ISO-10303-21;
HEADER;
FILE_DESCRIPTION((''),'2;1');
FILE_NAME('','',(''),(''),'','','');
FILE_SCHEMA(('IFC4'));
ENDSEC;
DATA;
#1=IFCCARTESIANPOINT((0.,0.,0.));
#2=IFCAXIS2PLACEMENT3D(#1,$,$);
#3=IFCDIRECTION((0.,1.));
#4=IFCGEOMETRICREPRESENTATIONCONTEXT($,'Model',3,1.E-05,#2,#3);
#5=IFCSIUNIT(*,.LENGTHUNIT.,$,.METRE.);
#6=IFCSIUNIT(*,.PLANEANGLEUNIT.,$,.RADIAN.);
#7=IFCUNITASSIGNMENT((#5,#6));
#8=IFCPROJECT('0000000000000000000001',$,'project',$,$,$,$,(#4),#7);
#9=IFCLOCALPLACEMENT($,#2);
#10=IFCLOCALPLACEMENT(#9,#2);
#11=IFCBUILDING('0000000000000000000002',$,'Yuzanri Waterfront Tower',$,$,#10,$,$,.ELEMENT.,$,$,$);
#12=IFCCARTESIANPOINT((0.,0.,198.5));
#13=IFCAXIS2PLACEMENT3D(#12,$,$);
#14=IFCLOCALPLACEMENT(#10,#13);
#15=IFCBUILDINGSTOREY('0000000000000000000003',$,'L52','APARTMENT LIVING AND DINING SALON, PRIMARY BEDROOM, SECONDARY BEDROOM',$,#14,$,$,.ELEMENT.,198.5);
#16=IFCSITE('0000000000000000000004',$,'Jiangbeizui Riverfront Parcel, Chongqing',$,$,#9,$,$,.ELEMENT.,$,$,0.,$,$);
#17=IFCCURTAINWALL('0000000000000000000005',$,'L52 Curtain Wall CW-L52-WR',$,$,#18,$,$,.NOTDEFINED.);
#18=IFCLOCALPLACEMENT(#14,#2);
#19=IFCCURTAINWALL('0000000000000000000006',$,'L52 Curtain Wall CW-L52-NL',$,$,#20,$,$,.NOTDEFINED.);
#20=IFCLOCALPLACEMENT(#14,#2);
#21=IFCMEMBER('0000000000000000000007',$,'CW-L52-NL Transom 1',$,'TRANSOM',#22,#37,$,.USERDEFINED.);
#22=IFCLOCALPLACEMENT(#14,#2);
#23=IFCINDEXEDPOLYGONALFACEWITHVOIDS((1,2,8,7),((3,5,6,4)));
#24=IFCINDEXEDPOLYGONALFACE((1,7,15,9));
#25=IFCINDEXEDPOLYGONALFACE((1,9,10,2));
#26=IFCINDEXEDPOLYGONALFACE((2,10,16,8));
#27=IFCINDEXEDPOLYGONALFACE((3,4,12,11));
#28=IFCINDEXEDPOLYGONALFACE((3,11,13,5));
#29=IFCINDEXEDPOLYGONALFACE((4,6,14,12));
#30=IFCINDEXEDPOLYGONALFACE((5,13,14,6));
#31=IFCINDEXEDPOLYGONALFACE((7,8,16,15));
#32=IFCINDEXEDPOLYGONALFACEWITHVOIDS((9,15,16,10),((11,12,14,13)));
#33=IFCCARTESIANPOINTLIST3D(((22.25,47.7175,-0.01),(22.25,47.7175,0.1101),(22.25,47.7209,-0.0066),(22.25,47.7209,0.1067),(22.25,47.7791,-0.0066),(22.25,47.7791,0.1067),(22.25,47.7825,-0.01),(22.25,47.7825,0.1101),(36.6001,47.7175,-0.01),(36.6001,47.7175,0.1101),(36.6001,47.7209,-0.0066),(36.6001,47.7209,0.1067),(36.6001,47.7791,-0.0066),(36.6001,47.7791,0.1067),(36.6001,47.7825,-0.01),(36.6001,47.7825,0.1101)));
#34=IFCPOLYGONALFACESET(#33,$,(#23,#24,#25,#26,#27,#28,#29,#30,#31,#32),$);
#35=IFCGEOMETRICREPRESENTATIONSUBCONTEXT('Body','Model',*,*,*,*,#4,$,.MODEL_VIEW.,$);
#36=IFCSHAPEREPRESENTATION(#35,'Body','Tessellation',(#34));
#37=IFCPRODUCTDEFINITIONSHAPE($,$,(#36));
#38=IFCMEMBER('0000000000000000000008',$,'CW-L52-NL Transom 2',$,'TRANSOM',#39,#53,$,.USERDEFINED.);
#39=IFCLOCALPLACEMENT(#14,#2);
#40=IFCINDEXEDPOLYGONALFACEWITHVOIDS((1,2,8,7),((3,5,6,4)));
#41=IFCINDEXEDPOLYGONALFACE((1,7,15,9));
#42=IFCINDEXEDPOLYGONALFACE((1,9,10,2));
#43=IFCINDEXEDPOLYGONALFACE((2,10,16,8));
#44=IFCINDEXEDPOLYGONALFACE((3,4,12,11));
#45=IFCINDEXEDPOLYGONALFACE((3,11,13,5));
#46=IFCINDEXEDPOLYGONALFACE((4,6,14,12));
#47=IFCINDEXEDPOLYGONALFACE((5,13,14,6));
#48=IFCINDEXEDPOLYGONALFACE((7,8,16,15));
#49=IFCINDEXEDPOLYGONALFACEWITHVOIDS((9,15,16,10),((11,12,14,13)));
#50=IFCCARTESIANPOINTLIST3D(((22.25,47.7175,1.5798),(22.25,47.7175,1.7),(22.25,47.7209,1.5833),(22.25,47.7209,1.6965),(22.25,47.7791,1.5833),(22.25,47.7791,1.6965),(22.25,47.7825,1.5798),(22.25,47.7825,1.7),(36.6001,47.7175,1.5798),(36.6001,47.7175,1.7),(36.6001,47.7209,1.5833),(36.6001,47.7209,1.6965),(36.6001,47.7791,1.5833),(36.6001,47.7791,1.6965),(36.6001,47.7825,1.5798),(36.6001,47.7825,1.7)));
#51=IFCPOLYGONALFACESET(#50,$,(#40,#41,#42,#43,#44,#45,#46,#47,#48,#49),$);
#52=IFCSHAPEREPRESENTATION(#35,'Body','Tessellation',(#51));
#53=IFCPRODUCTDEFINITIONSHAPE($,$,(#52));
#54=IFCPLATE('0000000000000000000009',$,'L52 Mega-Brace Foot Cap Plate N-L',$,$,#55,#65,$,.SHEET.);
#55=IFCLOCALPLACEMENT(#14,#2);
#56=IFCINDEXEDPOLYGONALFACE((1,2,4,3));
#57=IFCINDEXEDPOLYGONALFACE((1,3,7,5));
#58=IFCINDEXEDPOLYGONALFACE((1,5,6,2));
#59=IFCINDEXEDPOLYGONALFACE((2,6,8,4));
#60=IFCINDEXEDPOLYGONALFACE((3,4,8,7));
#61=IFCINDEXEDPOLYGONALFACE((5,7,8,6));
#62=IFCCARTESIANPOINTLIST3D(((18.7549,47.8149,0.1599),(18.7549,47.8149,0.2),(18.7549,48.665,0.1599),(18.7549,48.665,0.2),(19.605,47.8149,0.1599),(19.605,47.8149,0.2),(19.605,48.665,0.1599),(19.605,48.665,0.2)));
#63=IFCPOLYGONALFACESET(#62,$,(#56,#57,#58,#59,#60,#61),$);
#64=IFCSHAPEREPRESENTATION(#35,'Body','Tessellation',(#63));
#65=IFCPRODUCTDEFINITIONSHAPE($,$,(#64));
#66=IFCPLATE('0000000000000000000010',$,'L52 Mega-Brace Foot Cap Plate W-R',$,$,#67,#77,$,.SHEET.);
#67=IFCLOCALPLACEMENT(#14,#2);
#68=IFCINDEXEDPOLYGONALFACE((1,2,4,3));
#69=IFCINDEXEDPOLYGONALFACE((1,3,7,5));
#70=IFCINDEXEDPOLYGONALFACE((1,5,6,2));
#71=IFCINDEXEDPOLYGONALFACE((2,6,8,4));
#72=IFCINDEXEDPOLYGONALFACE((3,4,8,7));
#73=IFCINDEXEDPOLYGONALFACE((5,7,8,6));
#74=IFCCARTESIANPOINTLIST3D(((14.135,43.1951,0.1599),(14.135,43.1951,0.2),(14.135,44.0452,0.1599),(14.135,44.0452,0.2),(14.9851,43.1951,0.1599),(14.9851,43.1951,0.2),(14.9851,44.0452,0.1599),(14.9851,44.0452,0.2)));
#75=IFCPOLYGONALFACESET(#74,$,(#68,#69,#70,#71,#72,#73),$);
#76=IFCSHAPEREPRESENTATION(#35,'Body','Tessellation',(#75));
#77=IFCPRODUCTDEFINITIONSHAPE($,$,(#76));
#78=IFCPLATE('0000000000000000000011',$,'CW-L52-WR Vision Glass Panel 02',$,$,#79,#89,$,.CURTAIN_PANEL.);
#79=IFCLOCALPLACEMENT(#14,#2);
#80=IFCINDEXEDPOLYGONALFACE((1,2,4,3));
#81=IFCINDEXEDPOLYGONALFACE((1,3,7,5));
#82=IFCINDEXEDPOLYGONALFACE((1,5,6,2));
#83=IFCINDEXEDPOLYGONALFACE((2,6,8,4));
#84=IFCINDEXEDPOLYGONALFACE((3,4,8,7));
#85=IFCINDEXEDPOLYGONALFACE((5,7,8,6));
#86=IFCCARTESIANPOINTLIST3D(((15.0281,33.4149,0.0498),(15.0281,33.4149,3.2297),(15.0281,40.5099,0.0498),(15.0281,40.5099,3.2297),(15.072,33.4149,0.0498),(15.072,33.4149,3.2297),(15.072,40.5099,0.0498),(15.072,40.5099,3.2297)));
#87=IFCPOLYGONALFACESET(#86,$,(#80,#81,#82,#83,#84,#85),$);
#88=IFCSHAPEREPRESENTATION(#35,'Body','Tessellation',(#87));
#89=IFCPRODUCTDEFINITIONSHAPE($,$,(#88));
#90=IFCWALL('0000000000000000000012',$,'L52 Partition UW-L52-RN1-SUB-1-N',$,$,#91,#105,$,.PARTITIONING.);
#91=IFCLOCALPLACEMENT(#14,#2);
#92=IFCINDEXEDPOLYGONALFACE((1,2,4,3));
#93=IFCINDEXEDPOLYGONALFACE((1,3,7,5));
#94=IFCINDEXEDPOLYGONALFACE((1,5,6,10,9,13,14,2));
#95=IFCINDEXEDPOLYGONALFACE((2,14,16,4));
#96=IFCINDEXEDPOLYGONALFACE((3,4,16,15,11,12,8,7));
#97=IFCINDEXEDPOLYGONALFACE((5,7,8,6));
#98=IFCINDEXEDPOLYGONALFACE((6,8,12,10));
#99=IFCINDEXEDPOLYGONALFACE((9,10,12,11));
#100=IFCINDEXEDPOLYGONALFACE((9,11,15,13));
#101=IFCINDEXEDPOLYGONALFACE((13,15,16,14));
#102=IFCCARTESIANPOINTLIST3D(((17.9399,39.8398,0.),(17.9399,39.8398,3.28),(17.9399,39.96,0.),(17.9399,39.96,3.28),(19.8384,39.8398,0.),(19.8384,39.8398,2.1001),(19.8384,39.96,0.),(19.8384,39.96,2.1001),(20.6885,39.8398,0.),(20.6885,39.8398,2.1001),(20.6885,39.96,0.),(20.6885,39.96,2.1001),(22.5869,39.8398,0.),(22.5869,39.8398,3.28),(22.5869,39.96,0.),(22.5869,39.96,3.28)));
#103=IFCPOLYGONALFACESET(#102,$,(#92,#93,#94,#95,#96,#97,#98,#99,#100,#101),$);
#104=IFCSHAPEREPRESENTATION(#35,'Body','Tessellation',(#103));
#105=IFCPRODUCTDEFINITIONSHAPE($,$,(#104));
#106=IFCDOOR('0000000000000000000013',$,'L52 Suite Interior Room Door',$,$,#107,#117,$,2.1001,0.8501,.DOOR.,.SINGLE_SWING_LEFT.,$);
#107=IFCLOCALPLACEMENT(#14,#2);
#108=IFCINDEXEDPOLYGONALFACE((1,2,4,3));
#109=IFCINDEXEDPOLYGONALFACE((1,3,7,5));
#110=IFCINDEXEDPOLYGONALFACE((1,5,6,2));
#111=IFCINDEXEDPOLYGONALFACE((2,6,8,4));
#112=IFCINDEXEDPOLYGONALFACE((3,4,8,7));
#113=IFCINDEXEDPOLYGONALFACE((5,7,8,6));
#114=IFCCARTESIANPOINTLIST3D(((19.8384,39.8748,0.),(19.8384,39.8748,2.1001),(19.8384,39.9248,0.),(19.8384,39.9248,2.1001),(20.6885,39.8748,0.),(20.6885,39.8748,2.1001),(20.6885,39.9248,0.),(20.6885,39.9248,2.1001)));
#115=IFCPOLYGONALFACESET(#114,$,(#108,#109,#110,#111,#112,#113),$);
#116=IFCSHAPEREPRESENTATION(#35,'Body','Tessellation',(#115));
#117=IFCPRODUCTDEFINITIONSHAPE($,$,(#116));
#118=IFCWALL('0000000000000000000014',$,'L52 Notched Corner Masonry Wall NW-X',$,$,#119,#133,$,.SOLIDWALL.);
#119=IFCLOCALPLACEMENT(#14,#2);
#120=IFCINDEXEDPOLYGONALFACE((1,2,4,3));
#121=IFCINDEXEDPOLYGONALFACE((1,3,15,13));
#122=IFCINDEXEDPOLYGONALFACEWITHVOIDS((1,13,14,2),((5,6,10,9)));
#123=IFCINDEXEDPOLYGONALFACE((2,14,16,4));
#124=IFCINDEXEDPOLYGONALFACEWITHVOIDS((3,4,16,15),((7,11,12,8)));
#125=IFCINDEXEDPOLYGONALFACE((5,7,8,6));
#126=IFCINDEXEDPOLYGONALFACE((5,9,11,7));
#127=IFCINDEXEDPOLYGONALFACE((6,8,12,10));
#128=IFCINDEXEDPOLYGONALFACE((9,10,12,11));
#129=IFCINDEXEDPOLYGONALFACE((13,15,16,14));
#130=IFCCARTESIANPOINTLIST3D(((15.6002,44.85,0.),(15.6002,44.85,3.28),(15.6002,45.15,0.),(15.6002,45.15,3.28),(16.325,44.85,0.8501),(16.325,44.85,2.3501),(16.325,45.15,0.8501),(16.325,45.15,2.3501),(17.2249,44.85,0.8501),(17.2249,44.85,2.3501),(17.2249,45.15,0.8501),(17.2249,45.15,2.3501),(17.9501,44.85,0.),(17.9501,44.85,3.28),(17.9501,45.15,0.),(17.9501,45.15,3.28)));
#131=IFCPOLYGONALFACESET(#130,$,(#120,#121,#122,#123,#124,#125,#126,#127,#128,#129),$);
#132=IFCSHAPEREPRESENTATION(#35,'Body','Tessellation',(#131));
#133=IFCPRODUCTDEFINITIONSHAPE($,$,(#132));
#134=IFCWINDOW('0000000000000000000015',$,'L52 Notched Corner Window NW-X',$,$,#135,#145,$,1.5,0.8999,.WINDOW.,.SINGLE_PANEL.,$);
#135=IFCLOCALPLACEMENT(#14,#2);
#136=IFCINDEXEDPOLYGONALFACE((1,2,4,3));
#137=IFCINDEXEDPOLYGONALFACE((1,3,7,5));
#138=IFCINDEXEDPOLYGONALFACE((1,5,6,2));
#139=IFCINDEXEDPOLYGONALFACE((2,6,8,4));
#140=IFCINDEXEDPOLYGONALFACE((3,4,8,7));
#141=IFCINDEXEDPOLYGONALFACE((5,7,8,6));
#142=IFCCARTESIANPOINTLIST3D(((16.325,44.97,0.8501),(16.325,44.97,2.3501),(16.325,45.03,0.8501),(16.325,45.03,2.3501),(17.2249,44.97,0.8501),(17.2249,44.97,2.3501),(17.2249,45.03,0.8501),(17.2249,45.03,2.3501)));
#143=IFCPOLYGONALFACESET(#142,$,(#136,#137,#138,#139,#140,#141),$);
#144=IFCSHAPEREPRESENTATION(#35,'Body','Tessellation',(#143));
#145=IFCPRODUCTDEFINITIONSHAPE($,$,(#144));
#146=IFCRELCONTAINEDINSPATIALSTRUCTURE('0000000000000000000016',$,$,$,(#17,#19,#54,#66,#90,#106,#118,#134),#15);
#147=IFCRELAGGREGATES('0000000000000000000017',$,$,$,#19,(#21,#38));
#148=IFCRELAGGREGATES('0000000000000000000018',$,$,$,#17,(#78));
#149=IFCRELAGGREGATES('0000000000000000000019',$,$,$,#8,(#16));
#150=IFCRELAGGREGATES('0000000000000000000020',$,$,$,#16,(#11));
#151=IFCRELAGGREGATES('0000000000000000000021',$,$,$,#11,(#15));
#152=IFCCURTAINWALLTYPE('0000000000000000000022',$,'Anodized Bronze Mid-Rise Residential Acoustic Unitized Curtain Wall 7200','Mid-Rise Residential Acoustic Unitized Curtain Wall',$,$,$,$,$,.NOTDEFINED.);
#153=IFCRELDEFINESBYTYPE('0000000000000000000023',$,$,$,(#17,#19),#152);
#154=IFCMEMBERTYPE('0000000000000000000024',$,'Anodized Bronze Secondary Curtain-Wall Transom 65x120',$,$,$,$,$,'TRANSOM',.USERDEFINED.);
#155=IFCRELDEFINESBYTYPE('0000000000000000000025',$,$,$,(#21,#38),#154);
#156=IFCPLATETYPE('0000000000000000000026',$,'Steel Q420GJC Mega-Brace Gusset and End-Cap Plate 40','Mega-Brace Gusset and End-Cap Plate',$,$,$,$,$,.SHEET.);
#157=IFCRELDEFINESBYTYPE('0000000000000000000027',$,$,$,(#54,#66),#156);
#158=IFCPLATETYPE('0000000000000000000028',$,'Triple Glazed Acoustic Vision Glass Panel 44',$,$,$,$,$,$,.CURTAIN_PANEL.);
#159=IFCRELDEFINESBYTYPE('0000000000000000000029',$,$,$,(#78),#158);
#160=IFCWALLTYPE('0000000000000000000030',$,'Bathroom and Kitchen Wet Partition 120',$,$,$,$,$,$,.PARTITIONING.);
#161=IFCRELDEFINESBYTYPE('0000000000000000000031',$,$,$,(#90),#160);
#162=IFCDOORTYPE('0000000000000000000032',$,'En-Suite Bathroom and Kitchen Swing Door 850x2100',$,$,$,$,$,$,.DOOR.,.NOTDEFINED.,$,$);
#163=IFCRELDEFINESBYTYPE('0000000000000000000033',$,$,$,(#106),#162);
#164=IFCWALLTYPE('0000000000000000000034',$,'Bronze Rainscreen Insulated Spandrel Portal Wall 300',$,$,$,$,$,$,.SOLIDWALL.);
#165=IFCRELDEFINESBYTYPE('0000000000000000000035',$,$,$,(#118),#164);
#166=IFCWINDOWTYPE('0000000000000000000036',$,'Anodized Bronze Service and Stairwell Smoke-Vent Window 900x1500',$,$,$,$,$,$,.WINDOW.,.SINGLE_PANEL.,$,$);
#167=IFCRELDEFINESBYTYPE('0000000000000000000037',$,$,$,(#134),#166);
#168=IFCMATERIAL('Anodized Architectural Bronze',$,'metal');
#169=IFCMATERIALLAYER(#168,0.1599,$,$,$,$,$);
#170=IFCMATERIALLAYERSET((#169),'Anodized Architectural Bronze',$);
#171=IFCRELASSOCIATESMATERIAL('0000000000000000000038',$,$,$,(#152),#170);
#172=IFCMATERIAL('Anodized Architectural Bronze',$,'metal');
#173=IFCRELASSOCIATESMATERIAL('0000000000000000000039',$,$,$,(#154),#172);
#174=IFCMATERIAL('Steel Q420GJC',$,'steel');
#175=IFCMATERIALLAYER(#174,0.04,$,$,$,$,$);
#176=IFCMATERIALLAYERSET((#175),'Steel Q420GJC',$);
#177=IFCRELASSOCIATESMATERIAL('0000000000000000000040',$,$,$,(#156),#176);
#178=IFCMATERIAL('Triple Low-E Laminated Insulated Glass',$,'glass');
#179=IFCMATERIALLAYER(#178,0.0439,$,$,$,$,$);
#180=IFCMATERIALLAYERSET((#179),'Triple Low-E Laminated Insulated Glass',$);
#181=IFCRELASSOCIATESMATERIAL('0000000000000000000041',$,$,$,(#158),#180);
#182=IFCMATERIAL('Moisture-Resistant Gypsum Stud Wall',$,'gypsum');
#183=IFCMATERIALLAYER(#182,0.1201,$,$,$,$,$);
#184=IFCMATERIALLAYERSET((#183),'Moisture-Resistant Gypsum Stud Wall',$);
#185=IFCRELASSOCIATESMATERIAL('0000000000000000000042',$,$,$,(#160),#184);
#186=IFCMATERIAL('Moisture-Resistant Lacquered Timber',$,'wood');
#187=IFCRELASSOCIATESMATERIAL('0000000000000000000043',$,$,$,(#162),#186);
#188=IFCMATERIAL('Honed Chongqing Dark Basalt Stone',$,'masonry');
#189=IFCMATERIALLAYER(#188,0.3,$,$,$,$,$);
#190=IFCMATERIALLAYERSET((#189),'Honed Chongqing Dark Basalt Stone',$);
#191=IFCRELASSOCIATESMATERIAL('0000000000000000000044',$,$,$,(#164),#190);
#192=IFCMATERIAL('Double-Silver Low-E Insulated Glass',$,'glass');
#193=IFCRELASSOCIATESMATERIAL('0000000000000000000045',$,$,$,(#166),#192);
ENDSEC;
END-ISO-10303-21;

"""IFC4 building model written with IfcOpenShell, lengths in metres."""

from ifc_helpers import new_model, si_unit, direction, frame, frame_2d, origin, origin_2d, place, context, subcontext, project, spatial, rectangle, hollow_rectangle, extrude, source, transform, mapped, material, layer, layer_set, material_profile, profile_set, type_object, element, fill, aggregate, save


model = new_model("IFC4")

# Units and contexts
model_context = context("Model", 3, precision=1e-05, world=origin(), true_north=direction((0.0, 1.0)))
body_context = subcontext(model_context, "Body", "Model", "MODEL_VIEW")
ifc_project = project(units=[si_unit("LENGTHUNIT", "METRE"), si_unit("PLANEANGLEUNIT", "RADIAN")], contexts=[model_context])

# Site, building, storey
site_placement = place(None, origin())
site = spatial("IfcSite", under=ifc_project, at=site_placement, Name="Jiangbeizui Riverfront Parcel, Chongqing", CompositionType="ELEMENT", RefElevation=0.0)
building_placement = place(site_placement, origin())
building = spatial("IfcBuilding", under=site, at=building_placement, Name="Yuzanri Waterfront Tower", CompositionType="ELEMENT")
storey_placement = place(building_placement, frame((0.0, 0.0, 198.5)))
storey = spatial("IfcBuildingStorey", under=building, at=storey_placement, Name="L52", Description="APARTMENT LIVING AND DINING SALON, PRIMARY BEDROOM, SECONDARY BEDROOM", CompositionType="ELEMENT", Elevation=198.5)

# Curtain walls, members
ifc_material_1 = material(Name="Anodized Architectural Bronze", Category="metal")
ifc_layer_1 = layer(ifc_material_1, 0.1599)
ifc_layer_set_1 = layer_set([ifc_layer_1], Name="Anodized Architectural Bronze")
curtain_wall_type = type_object("IfcCurtainWallType", Name="Anodized Bronze Mid-Rise Residential Acoustic Unitized Curtain Wall 7200", Description="Mid-Rise Residential Acoustic Unitized Curtain Wall", PredefinedType="NOTDEFINED", material=ifc_layer_set_1)
curtain_wall_1_placement = place(storey_placement, origin())
curtain_wall_1 = element("IfcCurtainWall", 1, at=curtain_wall_1_placement, inside=storey, type_object=curtain_wall_type, Name="L52 Curtain Wall CW-L52-WR", PredefinedType="NOTDEFINED")
curtain_wall_2_placement = place(storey_placement, origin())
curtain_wall_2 = element("IfcCurtainWall", 2, at=curtain_wall_2_placement, inside=storey, type_object=curtain_wall_type, Name="L52 Curtain Wall CW-L52-NL", PredefinedType="NOTDEFINED")
ifc_material_2 = material(Name="Anodized Architectural Bronze", Category="metal")
ifc_material_profile_1 = material_profile(ifc_material_2, hollow_rectangle(XDim=0.0649, YDim=0.1201, WallThickness=0.0034, at=origin_2d()), Name="CWT 65x120")
ifc_profile_set_1 = profile_set([ifc_material_profile_1], Name="Anodized Architectural Bronze")
member_type_1 = type_object("IfcMemberType", Name="Anodized Bronze Secondary Curtain-Wall Transom 65x120", ElementType="TRANSOM", PredefinedType="USERDEFINED", material=ifc_profile_set_1)
shared_shape_1 = source(origin(), body_context, "Body", "SweptSolid", [
    extrude(hollow_rectangle(XDim=0.0649, YDim=0.1201, WallThickness=0.0034, at=origin_2d()), origin(), (0.0, 0.0, 1.0), 14.3501),
])
member_1_placement = place(storey_placement, frame((22.25, 47.75, 0.05), z_axis=(1.0, 0.0, 0.0), x_axis=(0.0, 1.0, 0.0)))
member_1 = element("IfcMember", 3, at=member_1_placement, type_object=member_type_1, Name="CW-L52-NL Transom 1", ObjectType="TRANSOM", PredefinedType="USERDEFINED", context=body_context, shape_type="MappedRepresentation", body=[
    mapped(shared_shape_1, transform((0.0, 0.0, 0.0), scale=1.0)),
])
member_2_placement = place(storey_placement, frame((22.25, 47.75, 1.6399), z_axis=(1.0, 0.0, 0.0), x_axis=(0.0, 1.0, 0.0)))
member_2 = element("IfcMember", 4, at=member_2_placement, type_object=member_type_1, Name="CW-L52-NL Transom 2", ObjectType="TRANSOM", PredefinedType="USERDEFINED", context=body_context, shape_type="MappedRepresentation", body=[
    mapped(shared_shape_1, transform((0.0, 0.0, 0.0), scale=1.0)),
])
aggregate(curtain_wall_2, [member_1, member_2])

# Plates
ifc_material_3 = material(Name="Steel Q420GJC", Category="steel")
ifc_layer_2 = layer(ifc_material_3, 0.04)
ifc_layer_set_2 = layer_set([ifc_layer_2], Name="Steel Q420GJC")
plate_type_1 = type_object("IfcPlateType", Name="Steel Q420GJC Mega-Brace Gusset and End-Cap Plate 40", Description="Mega-Brace Gusset and End-Cap Plate", PredefinedType="SHEET", material=ifc_layer_set_2)
shared_shape_2 = source(origin(), body_context, "Body", "SweptSolid", [
    extrude(rectangle(XDim=0.8501, YDim=0.8501, at=origin_2d()), origin(), (0.0, 0.0, 1.0), 0.04),
])
for number, where, z_axis, x_axis, name in (
    (5, (19.1799, 48.24, 0.1599), (0.0, 0.0, 1.0), (1.0, 0.0, 0.0), "L52 Mega-Brace Foot Cap Plate N-L"),
    (6, (14.5601, 43.6201, 0.1599), (0.0, 0.0, 1.0), (1.0, 0.0, 0.0), "L52 Mega-Brace Foot Cap Plate W-R"),
):
    element("IfcPlate", number, at=place(storey_placement, frame(where, z_axis=z_axis, x_axis=x_axis)), inside=storey, type_object=plate_type_1, Name=name, PredefinedType="SHEET", context=body_context, shape_type="MappedRepresentation", body=[
        mapped(shared_shape_2, transform((0.0, 0.0, 0.0), scale=1.0)),
    ])

# Plate
ifc_material_4 = material(Name="Triple Low-E Laminated Insulated Glass", Category="glass")
ifc_layer_3 = layer(ifc_material_4, 0.0439)
ifc_layer_set_3 = layer_set([ifc_layer_3], Name="Triple Low-E Laminated Insulated Glass")
plate_type_2 = type_object("IfcPlateType", Name="Triple Glazed Acoustic Vision Glass Panel 44", PredefinedType="CURTAIN_PANEL", material=ifc_layer_set_3)
shared_shape_3 = source(origin(), body_context, "Body", "SweptSolid", [
    extrude(rectangle(XDim=7.095, YDim=0.0439, at=origin_2d()), origin(), (0.0, 0.0, 1.0), 3.1799),
])
plate_placement = place(storey_placement, frame((15.05, 36.9624, 0.0498), z_axis=(0.0, 0.0, 1.0), x_axis=(0.0, 1.0, 0.0)))
plate = element("IfcPlate", 7, at=plate_placement, type_object=plate_type_2, Name="CW-L52-WR Vision Glass Panel 02", PredefinedType="CURTAIN_PANEL", context=body_context, shape_type="MappedRepresentation", body=[
    mapped(shared_shape_3, transform((0.0, 0.0, 0.0), scale=1.0)),
])
aggregate(curtain_wall_1, [plate])

# Wall, opening, door
ifc_material_5 = material(Name="Moisture-Resistant Gypsum Stud Wall", Category="gypsum")
ifc_layer_4 = layer(ifc_material_5, 0.1201)
ifc_layer_set_4 = layer_set([ifc_layer_4], Name="Moisture-Resistant Gypsum Stud Wall")
wall_type_1 = type_object("IfcWallType", Name="Bathroom and Kitchen Wet Partition 120", PredefinedType="PARTITIONING", material=ifc_layer_set_4)
wall_1_placement = place(storey_placement, frame((17.9399, 39.8999, 0.0), z_axis=(0.0, 0.0, 1.0), x_axis=(1.0, 0.0, 0.0)))
wall_1 = element("IfcWall", 8, at=wall_1_placement, inside=storey, type_object=wall_type_1, Name="L52 Partition UW-L52-RN1-SUB-1-N", PredefinedType="PARTITIONING", context=body_context, shape_type="SweptSolid", body=[
    extrude(rectangle(XDim=4.647, YDim=0.1201, at=frame_2d((2.3235, 0.0))), origin(), (0.0, 0.0, 1.0), 3.28),
])
opening_1_placement = place(wall_1_placement, frame((1.8984, 0.0, 0.0)))
opening_1 = element("IfcOpeningElement", 9, at=opening_1_placement, cuts=wall_1, PredefinedType="OPENING", context=body_context, shape_type="SweptSolid", body=[
    extrude(rectangle(XDim=0.8501, YDim=2.1001, at=frame_2d((0.425, 1.05))), frame((0.0, 0.075, 0.0), z_axis=(0.0, -1.0, 0.0), x_axis=(1.0, 0.0, 0.0)), (0.0, 0.0, 1.0), 0.1499),
])
ifc_material_6 = material(Name="Moisture-Resistant Lacquered Timber", Category="wood")
door_type_1 = type_object("IfcDoorType", Name="En-Suite Bathroom and Kitchen Swing Door 850x2100", OperationType="NOTDEFINED", PredefinedType="DOOR", material=ifc_material_6)
shared_shape_4 = source(origin(), body_context, "Body", "SweptSolid", [
    extrude(rectangle(XDim=0.8501, YDim=2.1001, at=frame_2d((0.425, 1.05))), frame((0.0, 0.0249, 0.0), z_axis=(0.0, -1.0, 0.0), x_axis=(1.0, 0.0, 0.0)), (0.0, 0.0, 1.0), 0.05),
])
door_1_placement = place(opening_1_placement, origin())
door_1 = element("IfcDoor", 10, at=door_1_placement, inside=storey, type_object=door_type_1, Name="L52 Suite Interior Room Door", OperationType="SINGLE_SWING_LEFT", OverallHeight=2.1001, OverallWidth=0.8501, PredefinedType="DOOR", context=body_context, shape_type="MappedRepresentation", body=[
    mapped(shared_shape_4, transform((0.0, 0.0, 0.0), scale=1.0)),
])
fill(opening_1, door_1)

# Wall, opening, window
ifc_material_7 = material(Name="Honed Chongqing Dark Basalt Stone", Category="masonry")
ifc_layer_5 = layer(ifc_material_7, 0.3)
ifc_layer_set_5 = layer_set([ifc_layer_5], Name="Honed Chongqing Dark Basalt Stone")
wall_type_2 = type_object("IfcWallType", Name="Bronze Rainscreen Insulated Spandrel Portal Wall 300", PredefinedType="SOLIDWALL", material=ifc_layer_set_5)
wall_2_placement = place(storey_placement, frame((17.95, 45.0, 0.0), z_axis=(0.0, 0.0, 1.0), x_axis=(-1.0, 0.0, 0.0)))
wall_2 = element("IfcWall", 11, at=wall_2_placement, inside=storey, type_object=wall_type_2, Name="L52 Notched Corner Masonry Wall NW-X", PredefinedType="SOLIDWALL", context=body_context, shape_type="SweptSolid", body=[
    extrude(rectangle(XDim=2.3499, YDim=0.3, at=frame_2d((1.1748, 0.0))), origin(), (0.0, 0.0, 1.0), 3.28),
])
opening_2_placement = place(wall_2_placement, frame((0.7251, 0.0, 0.8501)))
opening_2 = element("IfcOpeningElement", 12, at=opening_2_placement, cuts=wall_2, PredefinedType="OPENING", context=body_context, shape_type="SweptSolid", body=[
    extrude(rectangle(XDim=0.8999, YDim=1.5, at=frame_2d((0.45, 0.75))), frame((0.0, 0.165, 0.0), z_axis=(0.0, -1.0, 0.0), x_axis=(1.0, 0.0, 0.0)), (0.0, 0.0, 1.0), 0.3298),
])
ifc_material_8 = material(Name="Double-Silver Low-E Insulated Glass", Category="glass")
window_type_1 = type_object("IfcWindowType", Name="Anodized Bronze Service and Stairwell Smoke-Vent Window 900x1500", PartitioningType="SINGLE_PANEL", PredefinedType="WINDOW", material=ifc_material_8)
shared_shape_5 = source(origin(), body_context, "Body", "SweptSolid", [
    extrude(rectangle(XDim=0.8999, YDim=1.5, at=frame_2d((0.45, 0.75))), frame((0.0, 0.03, 0.0), z_axis=(0.0, -1.0, 0.0), x_axis=(1.0, 0.0, 0.0)), (0.0, 0.0, 1.0), 0.0601),
])
window_1_placement = place(opening_2_placement, origin())
window_1 = element("IfcWindow", 13, at=window_1_placement, inside=storey, type_object=window_type_1, Name="L52 Notched Corner Window NW-X", OverallHeight=1.5, OverallWidth=0.8999, PartitioningType="SINGLE_PANEL", PredefinedType="WINDOW", context=body_context, shape_type="MappedRepresentation", body=[
    mapped(shared_shape_5, transform((0.0, 0.0, 0.0), scale=1.0)),
])
fill(opening_2, window_1)

save(model, "model.ifc")
